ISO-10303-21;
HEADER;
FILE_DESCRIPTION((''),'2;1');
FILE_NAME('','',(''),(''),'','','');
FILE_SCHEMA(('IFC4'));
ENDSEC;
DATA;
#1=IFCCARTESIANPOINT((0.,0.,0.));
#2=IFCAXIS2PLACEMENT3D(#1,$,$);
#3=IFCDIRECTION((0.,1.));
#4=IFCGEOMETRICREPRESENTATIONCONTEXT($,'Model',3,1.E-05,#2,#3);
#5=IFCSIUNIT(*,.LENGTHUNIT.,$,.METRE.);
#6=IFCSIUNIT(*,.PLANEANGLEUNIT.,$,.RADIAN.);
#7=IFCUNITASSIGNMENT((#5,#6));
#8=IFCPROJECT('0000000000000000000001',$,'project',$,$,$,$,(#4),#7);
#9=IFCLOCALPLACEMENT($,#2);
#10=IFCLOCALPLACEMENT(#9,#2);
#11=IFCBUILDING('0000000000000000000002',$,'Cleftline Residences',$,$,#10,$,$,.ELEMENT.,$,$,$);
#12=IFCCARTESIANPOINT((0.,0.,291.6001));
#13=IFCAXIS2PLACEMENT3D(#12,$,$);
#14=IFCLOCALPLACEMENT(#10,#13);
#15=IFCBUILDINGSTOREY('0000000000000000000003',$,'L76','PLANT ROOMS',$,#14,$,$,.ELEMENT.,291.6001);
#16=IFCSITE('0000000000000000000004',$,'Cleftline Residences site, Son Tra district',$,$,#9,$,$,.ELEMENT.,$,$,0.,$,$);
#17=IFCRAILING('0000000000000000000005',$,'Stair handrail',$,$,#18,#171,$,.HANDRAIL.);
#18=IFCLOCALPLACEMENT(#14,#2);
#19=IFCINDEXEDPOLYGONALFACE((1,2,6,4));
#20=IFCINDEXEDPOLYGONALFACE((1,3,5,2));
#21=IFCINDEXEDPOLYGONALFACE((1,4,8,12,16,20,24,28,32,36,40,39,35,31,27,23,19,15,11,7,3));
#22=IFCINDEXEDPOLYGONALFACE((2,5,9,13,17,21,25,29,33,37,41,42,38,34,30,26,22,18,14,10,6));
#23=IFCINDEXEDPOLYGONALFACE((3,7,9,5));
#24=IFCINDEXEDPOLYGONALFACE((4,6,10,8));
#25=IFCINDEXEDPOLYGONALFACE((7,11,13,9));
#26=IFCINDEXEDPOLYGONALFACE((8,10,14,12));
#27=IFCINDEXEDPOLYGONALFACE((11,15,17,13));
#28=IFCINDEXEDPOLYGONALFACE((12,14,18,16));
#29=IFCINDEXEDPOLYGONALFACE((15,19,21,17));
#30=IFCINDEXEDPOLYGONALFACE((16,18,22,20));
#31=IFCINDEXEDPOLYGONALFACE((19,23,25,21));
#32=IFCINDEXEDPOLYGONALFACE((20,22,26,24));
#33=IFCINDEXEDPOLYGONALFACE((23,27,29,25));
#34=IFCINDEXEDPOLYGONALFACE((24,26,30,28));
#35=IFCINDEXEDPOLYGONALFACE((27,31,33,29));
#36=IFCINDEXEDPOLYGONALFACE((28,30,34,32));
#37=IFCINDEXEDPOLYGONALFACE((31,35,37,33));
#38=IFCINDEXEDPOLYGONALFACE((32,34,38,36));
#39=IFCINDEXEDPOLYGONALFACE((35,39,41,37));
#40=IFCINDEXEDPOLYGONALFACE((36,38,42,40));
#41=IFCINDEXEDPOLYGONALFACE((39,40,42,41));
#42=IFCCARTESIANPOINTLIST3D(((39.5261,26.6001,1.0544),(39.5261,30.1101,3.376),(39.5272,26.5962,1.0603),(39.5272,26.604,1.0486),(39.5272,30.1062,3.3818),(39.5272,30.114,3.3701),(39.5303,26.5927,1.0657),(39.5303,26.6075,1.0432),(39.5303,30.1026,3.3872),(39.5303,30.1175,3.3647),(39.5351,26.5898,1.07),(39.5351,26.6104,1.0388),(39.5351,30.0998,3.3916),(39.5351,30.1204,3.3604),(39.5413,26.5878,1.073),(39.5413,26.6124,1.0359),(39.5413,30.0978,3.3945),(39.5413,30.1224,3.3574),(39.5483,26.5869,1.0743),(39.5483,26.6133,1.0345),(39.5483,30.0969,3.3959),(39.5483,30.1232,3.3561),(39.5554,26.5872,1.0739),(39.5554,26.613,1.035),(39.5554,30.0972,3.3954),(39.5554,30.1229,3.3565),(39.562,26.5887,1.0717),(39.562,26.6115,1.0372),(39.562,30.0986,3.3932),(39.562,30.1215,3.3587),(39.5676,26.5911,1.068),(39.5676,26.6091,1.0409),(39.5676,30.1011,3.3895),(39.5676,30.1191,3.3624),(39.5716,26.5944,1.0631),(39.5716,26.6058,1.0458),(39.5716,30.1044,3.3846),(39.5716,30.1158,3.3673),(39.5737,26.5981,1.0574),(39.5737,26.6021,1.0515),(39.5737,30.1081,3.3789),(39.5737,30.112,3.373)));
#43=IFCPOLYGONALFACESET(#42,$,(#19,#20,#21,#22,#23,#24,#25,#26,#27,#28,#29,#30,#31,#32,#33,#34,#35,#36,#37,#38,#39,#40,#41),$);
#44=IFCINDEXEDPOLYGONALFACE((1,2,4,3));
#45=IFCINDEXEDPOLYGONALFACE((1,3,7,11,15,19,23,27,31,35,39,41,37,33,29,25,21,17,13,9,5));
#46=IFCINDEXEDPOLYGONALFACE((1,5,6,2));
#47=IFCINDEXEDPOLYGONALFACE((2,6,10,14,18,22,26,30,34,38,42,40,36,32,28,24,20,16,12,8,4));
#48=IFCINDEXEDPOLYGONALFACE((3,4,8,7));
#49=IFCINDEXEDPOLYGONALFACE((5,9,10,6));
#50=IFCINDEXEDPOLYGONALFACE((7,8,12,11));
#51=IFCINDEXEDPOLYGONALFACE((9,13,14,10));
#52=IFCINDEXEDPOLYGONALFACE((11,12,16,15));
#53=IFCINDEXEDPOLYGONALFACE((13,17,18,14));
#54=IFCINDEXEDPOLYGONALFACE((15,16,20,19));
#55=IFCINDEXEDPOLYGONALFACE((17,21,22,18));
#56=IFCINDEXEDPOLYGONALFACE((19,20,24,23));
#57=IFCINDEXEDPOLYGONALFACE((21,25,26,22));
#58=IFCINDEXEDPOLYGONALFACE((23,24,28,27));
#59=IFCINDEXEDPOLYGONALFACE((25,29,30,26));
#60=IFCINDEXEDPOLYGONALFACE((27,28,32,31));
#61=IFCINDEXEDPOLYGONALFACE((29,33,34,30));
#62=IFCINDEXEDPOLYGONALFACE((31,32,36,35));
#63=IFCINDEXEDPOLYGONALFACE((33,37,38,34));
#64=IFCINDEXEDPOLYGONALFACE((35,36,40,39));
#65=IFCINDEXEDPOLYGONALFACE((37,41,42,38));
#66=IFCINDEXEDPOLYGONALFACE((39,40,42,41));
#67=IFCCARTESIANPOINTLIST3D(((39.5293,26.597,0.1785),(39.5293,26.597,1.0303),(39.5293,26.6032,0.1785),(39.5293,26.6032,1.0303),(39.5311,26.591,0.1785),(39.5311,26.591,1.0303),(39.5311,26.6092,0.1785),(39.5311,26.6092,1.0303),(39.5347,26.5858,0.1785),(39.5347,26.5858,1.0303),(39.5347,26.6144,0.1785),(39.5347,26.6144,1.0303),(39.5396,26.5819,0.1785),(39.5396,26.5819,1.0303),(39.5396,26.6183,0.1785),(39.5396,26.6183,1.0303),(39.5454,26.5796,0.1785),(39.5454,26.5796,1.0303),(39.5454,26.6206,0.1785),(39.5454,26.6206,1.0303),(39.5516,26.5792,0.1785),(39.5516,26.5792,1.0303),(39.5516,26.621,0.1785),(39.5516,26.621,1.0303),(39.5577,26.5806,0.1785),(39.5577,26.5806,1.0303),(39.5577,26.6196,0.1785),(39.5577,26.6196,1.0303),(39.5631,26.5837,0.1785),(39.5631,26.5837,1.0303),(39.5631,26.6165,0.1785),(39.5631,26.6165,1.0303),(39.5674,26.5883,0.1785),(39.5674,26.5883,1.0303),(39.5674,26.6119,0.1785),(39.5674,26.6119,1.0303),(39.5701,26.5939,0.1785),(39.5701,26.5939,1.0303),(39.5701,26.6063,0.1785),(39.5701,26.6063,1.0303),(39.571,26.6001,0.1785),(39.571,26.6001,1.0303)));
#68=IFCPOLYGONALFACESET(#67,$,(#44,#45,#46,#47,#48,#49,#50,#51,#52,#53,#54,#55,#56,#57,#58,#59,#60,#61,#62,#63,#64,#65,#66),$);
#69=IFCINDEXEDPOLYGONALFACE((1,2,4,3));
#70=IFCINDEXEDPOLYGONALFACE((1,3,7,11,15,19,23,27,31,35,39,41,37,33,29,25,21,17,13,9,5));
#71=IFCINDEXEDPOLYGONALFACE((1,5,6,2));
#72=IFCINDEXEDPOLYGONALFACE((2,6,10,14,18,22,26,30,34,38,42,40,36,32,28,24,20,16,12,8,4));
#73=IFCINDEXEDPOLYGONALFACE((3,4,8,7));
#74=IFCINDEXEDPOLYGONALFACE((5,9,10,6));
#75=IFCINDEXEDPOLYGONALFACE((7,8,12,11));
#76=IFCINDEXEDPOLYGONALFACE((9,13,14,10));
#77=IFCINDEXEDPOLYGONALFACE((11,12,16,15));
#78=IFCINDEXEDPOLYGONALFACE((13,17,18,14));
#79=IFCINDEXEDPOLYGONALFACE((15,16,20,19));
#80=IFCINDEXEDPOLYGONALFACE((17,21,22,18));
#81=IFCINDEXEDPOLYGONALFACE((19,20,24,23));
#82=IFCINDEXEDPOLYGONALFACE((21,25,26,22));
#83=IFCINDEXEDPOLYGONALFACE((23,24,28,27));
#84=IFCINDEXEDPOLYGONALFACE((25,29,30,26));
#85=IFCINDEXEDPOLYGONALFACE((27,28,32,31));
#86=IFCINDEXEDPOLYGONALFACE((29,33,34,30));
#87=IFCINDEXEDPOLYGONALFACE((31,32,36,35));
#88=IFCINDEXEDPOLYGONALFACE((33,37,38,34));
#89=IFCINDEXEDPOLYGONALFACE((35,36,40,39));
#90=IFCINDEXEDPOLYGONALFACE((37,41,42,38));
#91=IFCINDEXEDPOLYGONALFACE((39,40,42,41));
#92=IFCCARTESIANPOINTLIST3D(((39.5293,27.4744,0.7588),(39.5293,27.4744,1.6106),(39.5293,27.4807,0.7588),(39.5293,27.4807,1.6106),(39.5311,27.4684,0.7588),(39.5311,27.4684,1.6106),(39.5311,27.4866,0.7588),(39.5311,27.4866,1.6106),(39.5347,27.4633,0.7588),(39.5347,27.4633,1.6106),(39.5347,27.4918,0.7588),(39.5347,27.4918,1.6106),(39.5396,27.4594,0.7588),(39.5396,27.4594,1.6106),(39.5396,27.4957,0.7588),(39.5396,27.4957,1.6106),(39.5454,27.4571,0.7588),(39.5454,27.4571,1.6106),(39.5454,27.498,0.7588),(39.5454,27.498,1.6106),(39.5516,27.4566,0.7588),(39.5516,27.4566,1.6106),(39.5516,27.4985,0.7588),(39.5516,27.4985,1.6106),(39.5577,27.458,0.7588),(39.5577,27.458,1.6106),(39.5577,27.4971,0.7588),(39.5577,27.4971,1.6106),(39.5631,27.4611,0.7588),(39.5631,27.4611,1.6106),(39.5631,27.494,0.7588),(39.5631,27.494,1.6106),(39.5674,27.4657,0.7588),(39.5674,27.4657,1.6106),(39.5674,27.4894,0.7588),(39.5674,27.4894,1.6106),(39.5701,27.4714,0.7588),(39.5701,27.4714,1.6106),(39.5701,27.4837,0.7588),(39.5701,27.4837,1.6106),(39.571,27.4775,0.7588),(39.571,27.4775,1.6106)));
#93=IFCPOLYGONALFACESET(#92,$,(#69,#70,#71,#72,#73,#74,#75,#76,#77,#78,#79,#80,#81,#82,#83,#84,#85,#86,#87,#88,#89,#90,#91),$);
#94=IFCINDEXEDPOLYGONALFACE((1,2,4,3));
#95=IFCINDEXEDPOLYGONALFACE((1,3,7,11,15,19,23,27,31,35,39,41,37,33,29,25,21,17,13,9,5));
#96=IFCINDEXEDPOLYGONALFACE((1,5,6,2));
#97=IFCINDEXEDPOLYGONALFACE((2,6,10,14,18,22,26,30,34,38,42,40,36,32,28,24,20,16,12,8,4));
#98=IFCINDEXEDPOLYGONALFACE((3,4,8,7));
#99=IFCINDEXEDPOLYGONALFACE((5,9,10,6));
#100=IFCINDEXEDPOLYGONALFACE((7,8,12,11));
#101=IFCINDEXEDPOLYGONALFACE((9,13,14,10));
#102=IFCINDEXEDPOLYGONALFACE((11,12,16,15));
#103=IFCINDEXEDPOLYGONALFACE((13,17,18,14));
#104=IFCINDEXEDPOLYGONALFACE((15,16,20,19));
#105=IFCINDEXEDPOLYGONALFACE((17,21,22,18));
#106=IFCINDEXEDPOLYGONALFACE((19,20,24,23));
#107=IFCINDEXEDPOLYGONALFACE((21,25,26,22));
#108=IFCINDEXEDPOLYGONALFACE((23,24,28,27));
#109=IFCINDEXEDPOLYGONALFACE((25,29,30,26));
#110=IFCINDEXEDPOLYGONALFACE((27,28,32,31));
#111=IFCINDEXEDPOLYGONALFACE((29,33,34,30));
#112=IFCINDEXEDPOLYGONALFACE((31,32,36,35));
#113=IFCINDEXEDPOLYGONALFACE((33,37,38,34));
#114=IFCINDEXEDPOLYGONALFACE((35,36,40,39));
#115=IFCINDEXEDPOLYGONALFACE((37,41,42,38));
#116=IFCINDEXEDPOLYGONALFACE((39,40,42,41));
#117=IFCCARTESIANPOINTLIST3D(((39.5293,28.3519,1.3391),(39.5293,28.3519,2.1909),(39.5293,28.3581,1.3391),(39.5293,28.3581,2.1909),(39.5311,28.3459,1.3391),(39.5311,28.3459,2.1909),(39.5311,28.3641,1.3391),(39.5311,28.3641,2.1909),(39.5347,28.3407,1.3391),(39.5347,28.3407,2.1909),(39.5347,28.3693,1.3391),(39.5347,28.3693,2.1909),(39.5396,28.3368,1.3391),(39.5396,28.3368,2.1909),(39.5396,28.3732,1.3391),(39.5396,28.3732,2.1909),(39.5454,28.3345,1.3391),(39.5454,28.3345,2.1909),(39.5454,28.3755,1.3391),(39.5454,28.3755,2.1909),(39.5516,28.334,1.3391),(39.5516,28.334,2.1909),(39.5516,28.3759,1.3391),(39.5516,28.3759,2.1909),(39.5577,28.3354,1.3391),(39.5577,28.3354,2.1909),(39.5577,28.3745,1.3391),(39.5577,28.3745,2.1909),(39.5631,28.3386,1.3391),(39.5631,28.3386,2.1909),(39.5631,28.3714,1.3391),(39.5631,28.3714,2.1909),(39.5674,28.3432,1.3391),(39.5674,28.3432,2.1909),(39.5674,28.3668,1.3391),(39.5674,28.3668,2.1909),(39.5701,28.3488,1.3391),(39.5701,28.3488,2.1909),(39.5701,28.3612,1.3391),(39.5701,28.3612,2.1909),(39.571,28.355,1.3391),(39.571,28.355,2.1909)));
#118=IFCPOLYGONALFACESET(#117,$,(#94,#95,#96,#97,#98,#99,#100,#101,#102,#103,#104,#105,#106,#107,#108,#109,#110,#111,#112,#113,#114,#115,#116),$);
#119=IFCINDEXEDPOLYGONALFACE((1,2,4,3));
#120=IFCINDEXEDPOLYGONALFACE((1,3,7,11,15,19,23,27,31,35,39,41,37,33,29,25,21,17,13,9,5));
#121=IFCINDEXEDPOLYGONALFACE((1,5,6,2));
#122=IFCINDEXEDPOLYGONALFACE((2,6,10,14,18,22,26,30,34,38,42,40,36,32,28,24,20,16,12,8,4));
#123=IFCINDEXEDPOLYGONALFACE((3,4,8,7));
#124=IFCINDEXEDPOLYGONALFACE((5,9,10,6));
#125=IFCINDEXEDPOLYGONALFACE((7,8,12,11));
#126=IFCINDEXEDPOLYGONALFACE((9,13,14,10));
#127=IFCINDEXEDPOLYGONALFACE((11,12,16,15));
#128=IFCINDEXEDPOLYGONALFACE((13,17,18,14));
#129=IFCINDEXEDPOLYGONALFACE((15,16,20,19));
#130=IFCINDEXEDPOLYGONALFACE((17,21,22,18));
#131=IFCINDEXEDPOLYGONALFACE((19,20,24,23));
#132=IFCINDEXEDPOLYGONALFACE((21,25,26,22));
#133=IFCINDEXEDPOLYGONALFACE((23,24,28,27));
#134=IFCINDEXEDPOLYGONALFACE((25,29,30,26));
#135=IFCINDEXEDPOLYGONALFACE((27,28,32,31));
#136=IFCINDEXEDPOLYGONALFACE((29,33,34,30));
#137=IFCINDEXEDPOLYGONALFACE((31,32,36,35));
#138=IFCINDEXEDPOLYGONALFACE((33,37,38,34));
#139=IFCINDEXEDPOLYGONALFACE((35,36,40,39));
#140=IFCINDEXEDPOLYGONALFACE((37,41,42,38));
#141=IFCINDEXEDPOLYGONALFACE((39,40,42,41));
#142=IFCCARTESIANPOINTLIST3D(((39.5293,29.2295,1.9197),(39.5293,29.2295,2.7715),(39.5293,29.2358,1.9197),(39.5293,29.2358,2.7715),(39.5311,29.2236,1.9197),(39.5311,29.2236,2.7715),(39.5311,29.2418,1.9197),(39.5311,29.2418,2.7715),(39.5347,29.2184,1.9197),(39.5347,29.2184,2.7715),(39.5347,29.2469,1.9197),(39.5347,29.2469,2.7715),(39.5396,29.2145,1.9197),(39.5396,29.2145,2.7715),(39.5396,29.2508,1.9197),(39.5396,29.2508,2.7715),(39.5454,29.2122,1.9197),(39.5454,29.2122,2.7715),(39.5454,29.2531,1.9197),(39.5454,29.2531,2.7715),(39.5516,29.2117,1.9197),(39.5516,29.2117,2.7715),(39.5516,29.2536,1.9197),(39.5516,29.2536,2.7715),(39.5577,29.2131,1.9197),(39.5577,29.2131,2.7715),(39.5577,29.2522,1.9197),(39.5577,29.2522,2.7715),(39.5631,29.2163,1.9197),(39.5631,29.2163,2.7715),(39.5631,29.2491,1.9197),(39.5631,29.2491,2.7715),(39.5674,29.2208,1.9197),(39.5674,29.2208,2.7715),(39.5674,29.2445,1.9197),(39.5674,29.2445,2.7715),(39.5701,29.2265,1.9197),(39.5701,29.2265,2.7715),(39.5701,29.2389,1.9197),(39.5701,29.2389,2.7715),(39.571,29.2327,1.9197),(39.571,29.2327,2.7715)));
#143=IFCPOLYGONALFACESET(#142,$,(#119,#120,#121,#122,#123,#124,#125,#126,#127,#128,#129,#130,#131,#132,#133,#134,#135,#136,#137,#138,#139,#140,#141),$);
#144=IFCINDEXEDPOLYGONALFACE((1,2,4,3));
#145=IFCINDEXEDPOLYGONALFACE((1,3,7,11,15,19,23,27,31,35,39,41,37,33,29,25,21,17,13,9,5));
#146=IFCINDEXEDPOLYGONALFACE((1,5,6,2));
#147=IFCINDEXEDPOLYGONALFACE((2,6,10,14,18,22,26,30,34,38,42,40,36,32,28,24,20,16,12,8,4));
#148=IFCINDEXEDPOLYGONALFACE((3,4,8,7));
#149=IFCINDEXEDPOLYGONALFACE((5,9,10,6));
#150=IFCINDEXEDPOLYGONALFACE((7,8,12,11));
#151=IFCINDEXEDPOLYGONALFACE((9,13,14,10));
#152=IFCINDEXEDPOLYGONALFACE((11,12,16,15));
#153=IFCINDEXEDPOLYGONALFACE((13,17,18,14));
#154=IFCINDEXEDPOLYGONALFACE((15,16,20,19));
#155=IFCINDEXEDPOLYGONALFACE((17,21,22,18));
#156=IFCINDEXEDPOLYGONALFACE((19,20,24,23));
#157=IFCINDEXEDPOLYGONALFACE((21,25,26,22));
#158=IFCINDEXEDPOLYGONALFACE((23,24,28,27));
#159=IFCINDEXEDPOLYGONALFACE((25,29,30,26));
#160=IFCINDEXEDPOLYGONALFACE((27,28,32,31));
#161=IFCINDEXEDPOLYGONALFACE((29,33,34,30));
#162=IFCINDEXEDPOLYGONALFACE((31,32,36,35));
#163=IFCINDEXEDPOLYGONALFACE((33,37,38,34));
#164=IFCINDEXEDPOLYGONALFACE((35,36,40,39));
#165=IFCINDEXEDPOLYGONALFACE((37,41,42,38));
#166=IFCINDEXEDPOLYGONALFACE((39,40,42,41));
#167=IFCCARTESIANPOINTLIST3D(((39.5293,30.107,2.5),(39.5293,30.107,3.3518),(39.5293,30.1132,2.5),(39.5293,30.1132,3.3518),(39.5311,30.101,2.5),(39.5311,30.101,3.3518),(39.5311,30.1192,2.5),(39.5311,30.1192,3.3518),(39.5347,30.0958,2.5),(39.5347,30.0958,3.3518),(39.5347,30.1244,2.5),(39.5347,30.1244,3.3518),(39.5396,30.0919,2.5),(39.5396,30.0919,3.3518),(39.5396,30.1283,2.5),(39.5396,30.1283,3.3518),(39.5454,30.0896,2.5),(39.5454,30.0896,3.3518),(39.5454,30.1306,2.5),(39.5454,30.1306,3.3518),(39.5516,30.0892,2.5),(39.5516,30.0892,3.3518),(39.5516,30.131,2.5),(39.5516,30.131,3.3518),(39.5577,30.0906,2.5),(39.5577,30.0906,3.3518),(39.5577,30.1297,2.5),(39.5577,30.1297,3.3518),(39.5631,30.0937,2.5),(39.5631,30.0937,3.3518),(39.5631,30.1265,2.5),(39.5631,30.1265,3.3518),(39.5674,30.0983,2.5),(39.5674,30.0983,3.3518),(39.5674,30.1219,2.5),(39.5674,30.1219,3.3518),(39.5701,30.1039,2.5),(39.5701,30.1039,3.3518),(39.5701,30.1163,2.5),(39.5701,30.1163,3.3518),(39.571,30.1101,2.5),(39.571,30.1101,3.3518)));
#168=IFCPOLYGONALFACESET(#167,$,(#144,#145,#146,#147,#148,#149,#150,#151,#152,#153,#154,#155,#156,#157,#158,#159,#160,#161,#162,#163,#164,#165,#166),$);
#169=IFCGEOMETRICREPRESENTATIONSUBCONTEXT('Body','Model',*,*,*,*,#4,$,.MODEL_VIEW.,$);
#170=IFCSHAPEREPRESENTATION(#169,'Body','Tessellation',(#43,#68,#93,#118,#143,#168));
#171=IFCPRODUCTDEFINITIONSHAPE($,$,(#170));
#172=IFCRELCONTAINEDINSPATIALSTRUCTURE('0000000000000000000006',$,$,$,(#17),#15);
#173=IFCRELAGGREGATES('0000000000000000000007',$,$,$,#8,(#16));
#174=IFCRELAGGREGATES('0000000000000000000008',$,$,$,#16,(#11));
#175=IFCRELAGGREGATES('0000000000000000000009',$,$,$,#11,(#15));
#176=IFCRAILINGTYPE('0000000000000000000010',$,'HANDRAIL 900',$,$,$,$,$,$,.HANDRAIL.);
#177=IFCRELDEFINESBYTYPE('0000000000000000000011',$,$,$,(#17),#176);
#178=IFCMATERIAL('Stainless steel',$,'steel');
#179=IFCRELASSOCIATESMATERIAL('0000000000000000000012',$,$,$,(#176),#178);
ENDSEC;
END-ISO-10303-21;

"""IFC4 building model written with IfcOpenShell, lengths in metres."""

from ifc_helpers import new_model, si_unit, direction, frame, origin, origin_2d, place, context, subcontext, project, spatial, circle, extrude, material, type_object, element, save


model = new_model("IFC4")

# Units and contexts
model_context = context("Model", 3, precision=1e-05, world=origin(), true_north=direction((0.0, 1.0)))
body_context = subcontext(model_context, "Body", "Model", "MODEL_VIEW")
ifc_project = project(units=[si_unit("LENGTHUNIT", "METRE"), si_unit("PLANEANGLEUNIT", "RADIAN")], contexts=[model_context])

# Site, building, storey
site_placement = place(None, origin())
site = spatial("IfcSite", under=ifc_project, at=site_placement, Name="Cleftline Residences site, Son Tra district", CompositionType="ELEMENT", RefElevation=0.0)
building_placement = place(site_placement, origin())
building = spatial("IfcBuilding", under=site, at=building_placement, Name="Cleftline Residences", CompositionType="ELEMENT")
storey_placement = place(building_placement, frame((0.0, 0.0, 291.6001)))
storey = spatial("IfcBuildingStorey", under=building, at=storey_placement, Name="L76", Description="PLANT ROOMS", CompositionType="ELEMENT", Elevation=291.6001)

# Railing
ifc_material_1 = material(Name="Stainless steel", Category="steel")
railing_type = type_object("IfcRailingType", Name="HANDRAIL 900", PredefinedType="HANDRAIL", material=ifc_material_1)
railing_1_placement = place(storey_placement, frame((39.55, 26.6001, 0.1785)))
element("IfcRailing", 1, at=railing_1_placement, inside=storey, type_object=railing_type, Name="Stair handrail", PredefinedType="HANDRAIL", context=body_context, shape_type="SweptSolid", body=[
    extrude(circle(Radius=0.0239, at=origin_2d()), frame((0.0, 0.0, 0.876), z_axis=(0.0, 0.834071, 0.551657), x_axis=(-1.0, 0.0, 0.0)), (0.0, 0.0, 1.0), 4.2083),
    extrude(circle(Radius=0.021, at=origin_2d()), origin(), (0.0, 0.0, 1.0), 0.8518),
    extrude(circle(Radius=0.021, at=origin_2d()), frame((0.0, 0.8774, 0.5803)), (0.0, 0.0, 1.0), 0.8518),
    extrude(circle(Radius=0.021, at=origin_2d()), frame((0.0, 1.7549, 1.1606)), (0.0, 0.0, 1.0), 0.8518),
    extrude(circle(Radius=0.021, at=origin_2d()), frame((0.0, 2.6326, 1.7412)), (0.0, 0.0, 1.0), 0.8518),
    extrude(circle(Radius=0.021, at=origin_2d()), frame((0.0, 3.51, 2.3215)), (0.0, 0.0, 1.0), 0.8518),
])

save(model, "model.ifc")
